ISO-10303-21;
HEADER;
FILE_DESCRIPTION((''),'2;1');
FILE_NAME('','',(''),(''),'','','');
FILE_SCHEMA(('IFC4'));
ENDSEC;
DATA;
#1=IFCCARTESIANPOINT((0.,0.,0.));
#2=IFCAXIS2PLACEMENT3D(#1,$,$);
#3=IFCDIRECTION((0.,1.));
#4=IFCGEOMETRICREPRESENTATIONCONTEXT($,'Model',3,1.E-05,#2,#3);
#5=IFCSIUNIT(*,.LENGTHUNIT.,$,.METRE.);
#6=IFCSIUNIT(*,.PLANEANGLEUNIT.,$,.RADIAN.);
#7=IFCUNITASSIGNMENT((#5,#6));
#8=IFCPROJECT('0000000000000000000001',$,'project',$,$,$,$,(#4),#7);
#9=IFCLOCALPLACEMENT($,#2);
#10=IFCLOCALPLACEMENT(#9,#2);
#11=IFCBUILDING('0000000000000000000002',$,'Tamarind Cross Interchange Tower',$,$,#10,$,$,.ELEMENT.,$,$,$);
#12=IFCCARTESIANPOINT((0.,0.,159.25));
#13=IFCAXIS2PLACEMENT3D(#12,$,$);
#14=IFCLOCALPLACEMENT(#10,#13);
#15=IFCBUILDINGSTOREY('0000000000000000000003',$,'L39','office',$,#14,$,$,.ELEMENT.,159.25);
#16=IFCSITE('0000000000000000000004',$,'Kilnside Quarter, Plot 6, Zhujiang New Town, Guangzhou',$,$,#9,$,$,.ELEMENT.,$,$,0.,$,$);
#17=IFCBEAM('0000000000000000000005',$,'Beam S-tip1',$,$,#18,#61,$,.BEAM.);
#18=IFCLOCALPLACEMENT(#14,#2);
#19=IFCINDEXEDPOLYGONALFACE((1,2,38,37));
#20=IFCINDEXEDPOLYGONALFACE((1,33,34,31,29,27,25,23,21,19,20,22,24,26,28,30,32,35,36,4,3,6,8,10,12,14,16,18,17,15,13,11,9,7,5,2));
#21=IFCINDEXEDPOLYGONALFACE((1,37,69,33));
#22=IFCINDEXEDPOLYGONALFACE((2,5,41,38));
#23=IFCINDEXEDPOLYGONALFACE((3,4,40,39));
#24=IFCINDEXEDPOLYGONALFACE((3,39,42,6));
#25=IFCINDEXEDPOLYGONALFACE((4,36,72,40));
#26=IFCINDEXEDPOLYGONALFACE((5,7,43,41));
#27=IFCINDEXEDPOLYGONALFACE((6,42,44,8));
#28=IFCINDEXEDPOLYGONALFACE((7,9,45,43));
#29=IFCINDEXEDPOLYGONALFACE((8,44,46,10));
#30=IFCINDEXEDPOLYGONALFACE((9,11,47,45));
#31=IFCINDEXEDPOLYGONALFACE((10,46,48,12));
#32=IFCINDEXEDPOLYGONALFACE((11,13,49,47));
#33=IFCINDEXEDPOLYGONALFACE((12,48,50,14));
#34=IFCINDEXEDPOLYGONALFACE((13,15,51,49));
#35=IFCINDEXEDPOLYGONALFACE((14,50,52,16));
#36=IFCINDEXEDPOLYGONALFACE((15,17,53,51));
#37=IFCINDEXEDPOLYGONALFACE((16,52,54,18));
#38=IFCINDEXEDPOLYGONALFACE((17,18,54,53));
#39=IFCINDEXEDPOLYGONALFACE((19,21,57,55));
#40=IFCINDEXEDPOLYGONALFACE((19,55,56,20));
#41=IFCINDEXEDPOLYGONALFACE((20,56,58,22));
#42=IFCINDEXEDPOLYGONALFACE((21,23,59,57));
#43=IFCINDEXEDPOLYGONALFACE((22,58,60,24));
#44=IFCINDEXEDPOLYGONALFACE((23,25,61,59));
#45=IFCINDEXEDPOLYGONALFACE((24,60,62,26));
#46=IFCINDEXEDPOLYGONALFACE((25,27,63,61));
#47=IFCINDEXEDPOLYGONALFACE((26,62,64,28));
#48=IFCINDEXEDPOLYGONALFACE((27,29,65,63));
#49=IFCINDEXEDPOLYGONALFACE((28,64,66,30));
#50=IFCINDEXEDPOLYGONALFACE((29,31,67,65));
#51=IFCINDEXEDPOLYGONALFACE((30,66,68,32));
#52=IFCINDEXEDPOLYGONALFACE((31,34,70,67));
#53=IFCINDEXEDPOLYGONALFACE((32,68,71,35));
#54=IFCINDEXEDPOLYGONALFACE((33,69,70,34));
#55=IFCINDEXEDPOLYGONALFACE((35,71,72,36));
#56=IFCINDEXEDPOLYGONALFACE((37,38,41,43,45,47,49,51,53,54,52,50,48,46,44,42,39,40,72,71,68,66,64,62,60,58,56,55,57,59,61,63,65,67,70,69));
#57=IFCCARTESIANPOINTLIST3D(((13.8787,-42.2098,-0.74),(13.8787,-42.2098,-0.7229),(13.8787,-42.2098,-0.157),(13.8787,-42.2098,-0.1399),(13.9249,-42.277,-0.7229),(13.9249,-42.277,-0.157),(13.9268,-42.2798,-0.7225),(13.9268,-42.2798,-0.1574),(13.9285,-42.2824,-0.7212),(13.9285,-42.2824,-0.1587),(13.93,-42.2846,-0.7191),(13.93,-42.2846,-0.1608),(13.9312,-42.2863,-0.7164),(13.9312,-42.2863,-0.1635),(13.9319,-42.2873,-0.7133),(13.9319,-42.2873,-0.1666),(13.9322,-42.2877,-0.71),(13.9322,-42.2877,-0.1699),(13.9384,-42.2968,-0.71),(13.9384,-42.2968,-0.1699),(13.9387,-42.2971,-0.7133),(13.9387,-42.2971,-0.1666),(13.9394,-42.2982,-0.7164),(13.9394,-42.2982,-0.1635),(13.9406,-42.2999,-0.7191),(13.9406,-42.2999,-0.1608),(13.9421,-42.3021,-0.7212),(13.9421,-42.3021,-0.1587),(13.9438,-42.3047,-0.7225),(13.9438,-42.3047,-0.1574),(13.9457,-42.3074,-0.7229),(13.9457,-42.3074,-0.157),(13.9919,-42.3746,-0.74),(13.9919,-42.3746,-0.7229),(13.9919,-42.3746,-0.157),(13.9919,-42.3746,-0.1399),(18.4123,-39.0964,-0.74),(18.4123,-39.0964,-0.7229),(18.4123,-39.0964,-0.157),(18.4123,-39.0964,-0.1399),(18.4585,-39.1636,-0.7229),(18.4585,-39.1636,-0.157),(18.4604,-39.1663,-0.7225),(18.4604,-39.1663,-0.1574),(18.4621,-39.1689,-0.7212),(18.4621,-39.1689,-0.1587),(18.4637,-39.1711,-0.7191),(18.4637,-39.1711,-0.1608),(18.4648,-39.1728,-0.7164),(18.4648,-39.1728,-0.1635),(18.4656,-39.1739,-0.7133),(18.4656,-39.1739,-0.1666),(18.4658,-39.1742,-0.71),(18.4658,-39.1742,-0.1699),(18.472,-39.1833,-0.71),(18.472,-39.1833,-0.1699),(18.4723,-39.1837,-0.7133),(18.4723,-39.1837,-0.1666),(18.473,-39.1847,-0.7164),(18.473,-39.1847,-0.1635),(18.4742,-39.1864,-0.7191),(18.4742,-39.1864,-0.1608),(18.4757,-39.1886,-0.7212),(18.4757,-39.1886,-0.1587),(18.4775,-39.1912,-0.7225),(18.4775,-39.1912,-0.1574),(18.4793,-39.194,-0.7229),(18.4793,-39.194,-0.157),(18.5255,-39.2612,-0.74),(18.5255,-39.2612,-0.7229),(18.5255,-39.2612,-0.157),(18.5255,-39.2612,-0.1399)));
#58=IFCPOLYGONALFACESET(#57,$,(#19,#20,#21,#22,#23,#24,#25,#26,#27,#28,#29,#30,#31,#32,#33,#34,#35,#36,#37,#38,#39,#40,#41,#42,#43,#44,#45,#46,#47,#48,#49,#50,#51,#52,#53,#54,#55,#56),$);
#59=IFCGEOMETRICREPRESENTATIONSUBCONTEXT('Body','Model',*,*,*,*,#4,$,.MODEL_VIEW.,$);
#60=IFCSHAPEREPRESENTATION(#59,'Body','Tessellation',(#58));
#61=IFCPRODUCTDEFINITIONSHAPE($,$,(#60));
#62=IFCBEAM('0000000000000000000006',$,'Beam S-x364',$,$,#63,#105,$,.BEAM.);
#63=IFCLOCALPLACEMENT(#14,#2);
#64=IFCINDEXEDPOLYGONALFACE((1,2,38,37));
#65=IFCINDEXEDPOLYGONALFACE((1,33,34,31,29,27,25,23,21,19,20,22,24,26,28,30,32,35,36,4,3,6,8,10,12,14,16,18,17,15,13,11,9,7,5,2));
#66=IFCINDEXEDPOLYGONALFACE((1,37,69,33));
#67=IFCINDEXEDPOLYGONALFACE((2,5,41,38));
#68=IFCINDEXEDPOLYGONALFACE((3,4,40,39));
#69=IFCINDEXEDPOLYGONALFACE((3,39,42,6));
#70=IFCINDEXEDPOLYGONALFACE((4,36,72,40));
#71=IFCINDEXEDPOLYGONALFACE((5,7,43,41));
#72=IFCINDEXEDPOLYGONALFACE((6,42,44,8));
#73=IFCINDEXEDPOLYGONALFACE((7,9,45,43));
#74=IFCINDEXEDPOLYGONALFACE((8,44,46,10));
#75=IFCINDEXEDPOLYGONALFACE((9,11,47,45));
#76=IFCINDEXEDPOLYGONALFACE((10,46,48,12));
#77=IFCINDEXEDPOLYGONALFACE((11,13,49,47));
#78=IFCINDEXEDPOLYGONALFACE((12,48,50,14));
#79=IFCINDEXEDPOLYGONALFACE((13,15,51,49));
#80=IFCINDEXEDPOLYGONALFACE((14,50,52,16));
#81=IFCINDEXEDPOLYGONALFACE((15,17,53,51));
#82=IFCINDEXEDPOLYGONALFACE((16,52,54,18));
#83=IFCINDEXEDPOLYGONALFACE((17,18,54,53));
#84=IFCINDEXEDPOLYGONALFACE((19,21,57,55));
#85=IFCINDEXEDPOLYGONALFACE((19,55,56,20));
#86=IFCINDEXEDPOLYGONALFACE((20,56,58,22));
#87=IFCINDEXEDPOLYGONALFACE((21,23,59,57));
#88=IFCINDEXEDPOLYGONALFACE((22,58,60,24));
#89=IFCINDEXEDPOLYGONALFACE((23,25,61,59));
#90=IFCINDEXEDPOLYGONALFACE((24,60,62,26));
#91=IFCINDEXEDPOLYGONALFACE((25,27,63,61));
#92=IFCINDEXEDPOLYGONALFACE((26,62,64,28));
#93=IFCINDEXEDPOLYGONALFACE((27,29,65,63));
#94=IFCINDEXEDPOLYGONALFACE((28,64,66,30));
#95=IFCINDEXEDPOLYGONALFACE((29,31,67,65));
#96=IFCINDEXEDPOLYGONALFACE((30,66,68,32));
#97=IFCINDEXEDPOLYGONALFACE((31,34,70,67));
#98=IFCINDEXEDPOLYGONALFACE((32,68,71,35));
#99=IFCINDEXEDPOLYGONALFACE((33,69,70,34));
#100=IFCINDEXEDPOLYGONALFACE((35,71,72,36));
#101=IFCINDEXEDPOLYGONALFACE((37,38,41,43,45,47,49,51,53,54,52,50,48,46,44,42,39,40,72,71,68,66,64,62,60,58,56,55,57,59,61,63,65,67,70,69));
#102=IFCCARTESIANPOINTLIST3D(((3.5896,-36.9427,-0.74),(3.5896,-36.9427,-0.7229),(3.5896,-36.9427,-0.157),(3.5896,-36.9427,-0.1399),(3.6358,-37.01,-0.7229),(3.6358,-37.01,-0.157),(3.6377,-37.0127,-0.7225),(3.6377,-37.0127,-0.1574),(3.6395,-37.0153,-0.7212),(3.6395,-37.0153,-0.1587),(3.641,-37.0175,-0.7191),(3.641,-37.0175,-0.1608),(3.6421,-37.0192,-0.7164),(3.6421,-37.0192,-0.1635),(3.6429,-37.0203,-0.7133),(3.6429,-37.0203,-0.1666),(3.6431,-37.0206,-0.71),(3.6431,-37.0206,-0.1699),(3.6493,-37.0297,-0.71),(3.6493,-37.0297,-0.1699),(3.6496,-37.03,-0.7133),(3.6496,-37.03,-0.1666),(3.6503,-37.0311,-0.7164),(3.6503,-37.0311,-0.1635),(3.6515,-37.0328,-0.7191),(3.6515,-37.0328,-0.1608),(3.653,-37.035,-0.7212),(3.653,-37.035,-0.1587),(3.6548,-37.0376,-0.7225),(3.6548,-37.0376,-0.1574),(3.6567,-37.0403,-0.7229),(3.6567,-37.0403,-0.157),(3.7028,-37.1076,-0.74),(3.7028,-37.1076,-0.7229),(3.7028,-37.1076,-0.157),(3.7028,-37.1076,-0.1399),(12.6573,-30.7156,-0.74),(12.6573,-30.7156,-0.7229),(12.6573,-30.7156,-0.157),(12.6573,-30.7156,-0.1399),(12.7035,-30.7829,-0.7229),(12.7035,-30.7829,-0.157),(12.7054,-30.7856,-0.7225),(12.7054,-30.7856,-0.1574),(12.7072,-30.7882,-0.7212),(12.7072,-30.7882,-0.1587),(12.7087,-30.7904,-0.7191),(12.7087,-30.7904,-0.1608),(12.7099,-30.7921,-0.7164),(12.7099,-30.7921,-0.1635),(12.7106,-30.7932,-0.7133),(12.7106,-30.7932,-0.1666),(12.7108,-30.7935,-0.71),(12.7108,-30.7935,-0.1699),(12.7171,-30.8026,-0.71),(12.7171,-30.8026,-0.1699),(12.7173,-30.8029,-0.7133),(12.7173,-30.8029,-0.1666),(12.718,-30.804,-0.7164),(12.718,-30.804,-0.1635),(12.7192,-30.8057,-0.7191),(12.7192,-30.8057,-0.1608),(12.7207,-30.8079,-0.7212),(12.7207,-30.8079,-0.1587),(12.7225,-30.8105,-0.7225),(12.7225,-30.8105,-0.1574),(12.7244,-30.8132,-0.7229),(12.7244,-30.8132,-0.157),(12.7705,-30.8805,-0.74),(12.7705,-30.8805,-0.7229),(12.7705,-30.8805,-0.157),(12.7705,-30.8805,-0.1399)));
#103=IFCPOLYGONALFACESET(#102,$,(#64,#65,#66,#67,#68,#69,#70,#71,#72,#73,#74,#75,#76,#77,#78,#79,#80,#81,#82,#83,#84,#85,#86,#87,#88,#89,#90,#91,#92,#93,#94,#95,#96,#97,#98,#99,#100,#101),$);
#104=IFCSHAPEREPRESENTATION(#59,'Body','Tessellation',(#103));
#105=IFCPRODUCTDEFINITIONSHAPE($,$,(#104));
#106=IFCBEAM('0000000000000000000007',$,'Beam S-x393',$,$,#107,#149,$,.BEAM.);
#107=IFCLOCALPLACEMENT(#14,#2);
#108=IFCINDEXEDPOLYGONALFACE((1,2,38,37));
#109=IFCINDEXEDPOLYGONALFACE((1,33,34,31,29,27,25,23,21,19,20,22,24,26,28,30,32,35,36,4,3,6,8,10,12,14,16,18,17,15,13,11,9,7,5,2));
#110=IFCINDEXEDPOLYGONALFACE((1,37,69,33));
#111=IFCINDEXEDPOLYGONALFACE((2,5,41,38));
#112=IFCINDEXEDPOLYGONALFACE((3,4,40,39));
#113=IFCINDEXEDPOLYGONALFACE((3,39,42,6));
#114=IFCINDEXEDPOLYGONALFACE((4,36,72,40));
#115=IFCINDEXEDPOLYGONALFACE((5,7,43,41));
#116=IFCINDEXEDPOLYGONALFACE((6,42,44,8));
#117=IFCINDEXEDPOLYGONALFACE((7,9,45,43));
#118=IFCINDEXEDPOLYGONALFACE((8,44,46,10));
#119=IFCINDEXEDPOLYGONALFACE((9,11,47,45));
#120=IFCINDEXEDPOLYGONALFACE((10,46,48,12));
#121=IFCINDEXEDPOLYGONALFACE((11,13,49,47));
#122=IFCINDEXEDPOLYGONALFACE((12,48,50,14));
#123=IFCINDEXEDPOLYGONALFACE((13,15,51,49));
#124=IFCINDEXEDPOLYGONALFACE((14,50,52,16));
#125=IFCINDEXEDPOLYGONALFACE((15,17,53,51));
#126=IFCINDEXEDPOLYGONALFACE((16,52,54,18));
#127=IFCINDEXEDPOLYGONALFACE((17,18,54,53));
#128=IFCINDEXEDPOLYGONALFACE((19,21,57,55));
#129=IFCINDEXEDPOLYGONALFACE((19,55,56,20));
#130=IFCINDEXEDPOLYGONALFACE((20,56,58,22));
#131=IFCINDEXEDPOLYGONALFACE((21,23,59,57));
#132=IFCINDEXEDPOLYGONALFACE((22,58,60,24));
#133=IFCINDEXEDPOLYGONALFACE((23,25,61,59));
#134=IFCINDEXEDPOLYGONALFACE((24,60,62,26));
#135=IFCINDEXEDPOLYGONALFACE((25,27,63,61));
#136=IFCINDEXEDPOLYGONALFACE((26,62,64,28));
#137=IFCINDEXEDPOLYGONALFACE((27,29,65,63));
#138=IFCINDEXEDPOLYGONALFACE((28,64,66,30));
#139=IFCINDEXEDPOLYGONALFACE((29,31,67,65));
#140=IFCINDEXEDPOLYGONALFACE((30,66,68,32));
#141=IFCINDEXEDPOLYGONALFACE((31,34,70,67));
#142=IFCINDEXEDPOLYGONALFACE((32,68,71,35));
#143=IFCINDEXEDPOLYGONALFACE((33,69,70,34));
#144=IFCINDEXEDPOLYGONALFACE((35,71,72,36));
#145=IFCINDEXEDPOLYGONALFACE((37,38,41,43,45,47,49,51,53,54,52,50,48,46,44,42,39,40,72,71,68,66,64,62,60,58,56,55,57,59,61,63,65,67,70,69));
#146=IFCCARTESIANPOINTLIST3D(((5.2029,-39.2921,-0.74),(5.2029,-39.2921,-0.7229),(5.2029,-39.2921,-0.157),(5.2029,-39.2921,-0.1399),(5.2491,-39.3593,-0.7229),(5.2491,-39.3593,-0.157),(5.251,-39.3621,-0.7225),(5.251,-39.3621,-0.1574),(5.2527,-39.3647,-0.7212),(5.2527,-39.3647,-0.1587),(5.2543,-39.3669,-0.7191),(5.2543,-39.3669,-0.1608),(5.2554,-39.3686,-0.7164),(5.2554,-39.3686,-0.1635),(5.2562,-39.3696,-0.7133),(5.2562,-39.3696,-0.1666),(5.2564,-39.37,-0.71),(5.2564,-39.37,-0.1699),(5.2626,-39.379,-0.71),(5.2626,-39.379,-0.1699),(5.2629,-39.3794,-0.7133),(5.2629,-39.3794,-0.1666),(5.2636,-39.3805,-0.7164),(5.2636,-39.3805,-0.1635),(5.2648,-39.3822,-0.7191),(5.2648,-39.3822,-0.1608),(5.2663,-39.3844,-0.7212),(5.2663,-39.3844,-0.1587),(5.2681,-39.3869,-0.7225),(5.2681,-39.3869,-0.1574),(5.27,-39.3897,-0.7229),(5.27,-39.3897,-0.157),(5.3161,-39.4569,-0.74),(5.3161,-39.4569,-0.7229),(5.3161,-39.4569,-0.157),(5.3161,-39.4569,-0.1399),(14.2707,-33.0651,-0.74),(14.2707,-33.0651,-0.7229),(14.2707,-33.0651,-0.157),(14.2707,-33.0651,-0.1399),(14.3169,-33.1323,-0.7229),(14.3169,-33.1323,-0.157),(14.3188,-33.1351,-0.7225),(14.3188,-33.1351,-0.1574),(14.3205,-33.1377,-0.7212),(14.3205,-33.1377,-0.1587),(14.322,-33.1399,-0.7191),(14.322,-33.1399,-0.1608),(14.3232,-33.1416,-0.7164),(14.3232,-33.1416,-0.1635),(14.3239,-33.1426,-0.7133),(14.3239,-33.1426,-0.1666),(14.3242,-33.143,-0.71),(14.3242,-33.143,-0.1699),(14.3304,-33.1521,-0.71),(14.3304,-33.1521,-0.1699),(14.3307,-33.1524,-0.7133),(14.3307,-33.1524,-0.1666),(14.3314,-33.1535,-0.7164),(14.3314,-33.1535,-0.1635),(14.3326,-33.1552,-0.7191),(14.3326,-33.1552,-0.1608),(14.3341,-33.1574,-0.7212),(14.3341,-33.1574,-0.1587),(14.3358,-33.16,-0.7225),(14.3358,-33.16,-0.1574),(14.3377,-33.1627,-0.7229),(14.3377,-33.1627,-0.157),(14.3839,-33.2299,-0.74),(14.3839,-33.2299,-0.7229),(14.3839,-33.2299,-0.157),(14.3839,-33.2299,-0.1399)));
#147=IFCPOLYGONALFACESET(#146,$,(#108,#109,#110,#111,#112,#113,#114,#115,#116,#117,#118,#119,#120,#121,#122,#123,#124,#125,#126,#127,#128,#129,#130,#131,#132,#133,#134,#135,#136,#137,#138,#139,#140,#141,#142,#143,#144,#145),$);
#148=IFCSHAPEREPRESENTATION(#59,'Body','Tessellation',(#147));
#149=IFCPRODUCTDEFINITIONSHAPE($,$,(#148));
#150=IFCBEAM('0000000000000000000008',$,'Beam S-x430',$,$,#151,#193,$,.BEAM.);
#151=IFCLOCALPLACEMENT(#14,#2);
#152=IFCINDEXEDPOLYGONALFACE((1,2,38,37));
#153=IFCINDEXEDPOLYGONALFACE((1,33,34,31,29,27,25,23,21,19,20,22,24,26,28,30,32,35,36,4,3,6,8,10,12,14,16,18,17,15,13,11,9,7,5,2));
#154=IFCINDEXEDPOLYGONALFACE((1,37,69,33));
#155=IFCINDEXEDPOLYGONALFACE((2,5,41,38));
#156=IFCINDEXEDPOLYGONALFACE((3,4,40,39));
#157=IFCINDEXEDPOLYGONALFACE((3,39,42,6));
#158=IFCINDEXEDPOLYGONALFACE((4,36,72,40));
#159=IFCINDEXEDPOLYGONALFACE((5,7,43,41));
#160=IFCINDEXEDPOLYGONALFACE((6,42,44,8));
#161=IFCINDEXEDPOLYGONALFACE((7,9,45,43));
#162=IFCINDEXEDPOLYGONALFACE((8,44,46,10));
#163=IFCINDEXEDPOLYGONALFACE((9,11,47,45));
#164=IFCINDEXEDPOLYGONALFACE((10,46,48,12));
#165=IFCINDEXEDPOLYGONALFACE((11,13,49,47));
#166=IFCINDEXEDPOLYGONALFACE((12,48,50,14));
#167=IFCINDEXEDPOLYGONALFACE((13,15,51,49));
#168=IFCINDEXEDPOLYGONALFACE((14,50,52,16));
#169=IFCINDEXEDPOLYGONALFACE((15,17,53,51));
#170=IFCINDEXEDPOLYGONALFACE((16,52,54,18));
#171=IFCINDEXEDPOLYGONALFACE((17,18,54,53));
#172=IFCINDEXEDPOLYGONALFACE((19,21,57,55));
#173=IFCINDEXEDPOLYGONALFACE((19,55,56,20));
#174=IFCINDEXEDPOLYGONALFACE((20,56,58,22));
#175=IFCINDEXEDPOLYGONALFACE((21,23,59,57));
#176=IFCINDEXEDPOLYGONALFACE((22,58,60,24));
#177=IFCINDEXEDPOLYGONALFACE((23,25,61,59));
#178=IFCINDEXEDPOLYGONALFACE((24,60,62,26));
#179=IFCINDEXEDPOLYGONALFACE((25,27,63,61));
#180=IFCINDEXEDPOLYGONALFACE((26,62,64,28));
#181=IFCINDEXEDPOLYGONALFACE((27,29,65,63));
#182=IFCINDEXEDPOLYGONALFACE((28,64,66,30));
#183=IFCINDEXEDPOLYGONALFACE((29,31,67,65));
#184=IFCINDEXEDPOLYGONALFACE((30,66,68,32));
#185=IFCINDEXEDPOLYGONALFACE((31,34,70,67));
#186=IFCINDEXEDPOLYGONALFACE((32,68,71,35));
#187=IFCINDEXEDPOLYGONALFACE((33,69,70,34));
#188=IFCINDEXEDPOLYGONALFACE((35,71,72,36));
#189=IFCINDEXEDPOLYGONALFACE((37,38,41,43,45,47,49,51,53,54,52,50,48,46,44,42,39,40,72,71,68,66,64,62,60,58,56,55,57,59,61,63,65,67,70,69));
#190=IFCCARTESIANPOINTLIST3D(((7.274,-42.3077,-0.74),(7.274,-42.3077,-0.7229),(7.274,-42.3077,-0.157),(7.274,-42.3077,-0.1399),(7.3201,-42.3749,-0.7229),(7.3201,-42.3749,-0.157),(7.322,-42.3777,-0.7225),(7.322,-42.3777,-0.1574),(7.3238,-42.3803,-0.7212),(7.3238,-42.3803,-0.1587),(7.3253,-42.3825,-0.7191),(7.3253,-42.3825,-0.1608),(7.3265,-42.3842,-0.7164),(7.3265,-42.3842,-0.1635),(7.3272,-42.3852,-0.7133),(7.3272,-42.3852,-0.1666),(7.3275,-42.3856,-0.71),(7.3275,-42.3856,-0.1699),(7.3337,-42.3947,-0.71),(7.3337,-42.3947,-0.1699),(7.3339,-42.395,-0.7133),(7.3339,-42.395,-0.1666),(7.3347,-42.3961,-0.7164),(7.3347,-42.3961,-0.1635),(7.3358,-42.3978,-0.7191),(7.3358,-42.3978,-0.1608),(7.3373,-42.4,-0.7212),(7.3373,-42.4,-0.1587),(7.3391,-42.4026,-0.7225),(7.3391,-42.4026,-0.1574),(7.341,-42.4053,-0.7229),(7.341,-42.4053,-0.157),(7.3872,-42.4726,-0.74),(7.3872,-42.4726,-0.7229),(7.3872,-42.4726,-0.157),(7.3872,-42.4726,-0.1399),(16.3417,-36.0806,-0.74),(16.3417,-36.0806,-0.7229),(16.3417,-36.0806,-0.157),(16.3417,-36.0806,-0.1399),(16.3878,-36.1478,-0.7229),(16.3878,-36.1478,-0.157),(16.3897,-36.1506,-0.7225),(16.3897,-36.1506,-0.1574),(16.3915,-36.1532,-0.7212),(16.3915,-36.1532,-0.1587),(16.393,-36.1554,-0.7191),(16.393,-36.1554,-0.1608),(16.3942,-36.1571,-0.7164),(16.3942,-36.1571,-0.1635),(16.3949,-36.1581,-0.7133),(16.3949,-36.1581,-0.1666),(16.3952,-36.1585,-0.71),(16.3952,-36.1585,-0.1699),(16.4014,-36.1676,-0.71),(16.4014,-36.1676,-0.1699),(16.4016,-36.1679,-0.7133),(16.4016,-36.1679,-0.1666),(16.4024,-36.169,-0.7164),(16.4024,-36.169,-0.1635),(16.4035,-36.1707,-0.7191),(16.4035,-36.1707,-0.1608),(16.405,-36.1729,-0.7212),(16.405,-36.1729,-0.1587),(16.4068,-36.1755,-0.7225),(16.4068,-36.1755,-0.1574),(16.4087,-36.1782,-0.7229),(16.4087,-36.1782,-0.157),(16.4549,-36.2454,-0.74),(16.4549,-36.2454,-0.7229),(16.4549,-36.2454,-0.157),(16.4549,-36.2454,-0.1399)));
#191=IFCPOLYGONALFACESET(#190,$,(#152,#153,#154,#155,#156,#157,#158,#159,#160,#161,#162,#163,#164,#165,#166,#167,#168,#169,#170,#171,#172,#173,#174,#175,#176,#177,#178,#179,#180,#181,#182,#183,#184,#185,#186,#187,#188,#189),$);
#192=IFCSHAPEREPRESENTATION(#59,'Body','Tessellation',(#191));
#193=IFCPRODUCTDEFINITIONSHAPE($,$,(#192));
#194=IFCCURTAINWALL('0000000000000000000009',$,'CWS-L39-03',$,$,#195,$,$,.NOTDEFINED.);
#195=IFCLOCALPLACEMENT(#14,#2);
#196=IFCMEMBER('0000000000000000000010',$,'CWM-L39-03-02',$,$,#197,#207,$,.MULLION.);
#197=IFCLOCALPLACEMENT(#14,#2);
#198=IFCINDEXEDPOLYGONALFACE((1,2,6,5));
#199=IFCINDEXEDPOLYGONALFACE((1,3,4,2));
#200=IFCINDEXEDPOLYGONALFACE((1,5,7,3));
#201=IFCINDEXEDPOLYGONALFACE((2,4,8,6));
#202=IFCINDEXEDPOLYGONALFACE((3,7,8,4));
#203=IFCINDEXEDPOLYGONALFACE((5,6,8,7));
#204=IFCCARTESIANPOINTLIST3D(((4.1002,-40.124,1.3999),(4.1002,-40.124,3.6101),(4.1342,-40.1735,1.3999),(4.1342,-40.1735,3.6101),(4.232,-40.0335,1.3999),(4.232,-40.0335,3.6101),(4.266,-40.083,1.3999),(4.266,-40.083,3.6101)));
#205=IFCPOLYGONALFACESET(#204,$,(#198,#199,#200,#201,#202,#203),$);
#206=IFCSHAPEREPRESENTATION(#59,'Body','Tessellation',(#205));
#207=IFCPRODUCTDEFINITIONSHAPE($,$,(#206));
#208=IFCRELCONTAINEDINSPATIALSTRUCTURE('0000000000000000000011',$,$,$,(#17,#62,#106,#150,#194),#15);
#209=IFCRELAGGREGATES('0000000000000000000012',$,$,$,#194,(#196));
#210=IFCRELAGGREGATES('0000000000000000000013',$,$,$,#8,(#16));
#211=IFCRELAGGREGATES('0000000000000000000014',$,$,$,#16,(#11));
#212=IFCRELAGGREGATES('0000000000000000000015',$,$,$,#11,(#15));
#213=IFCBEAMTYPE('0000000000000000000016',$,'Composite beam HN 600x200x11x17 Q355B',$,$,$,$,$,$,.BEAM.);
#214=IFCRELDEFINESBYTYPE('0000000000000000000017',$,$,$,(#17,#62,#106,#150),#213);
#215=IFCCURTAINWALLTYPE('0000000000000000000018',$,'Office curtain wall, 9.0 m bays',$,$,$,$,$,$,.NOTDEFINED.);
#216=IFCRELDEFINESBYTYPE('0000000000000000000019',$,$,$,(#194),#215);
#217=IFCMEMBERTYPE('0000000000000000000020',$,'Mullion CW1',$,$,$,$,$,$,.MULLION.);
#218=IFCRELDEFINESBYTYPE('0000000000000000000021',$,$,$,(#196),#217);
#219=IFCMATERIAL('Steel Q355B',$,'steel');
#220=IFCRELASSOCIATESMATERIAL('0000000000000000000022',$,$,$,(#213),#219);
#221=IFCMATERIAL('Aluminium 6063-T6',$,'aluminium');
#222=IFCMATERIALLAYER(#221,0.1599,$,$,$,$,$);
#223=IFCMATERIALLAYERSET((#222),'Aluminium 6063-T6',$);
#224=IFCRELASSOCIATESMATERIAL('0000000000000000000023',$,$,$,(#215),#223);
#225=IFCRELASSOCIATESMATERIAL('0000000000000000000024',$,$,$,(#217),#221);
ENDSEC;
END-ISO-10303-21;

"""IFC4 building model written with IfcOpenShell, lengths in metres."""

from ifc_helpers import new_model, si_unit, direction, frame, origin, origin_2d, place, context, subcontext, project, spatial, rectangle, i_section, extrude, material, layer, layer_set, material_profile, profile_set, type_object, element, aggregate, save


model = new_model("IFC4")

# Units and contexts
model_context = context("Model", 3, precision=1e-05, world=origin(), true_north=direction((0.0, 1.0)))
body_context = subcontext(model_context, "Body", "Model", "MODEL_VIEW")
ifc_project = project(units=[si_unit("LENGTHUNIT", "METRE"), si_unit("PLANEANGLEUNIT", "RADIAN")], contexts=[model_context])

# Site, building, storey
site_placement = place(None, origin())
site = spatial("IfcSite", under=ifc_project, at=site_placement, Name="Kilnside Quarter, Plot 6, Zhujiang New Town, Guangzhou", CompositionType="ELEMENT", RefElevation=0.0)
building_placement = place(site_placement, origin())
building = spatial("IfcBuilding", under=site, at=building_placement, Name="Tamarind Cross Interchange Tower", CompositionType="ELEMENT")
storey_placement = place(building_placement, frame((0.0, 0.0, 159.25)))
storey = spatial("IfcBuildingStorey", under=building, at=storey_placement, Name="L39", Description="office", CompositionType="ELEMENT", Elevation=159.25)

# Beams
ifc_material_1 = material(Name="Steel Q355B", Category="steel")
ifc_material_profile_1 = material_profile(ifc_material_1, i_section(OverallWidth=0.2, OverallDepth=0.6001, WebThickness=0.011, FlangeThickness=0.0171, FilletRadius=0.0129, at=origin_2d()), Name="HN 600x200x11x17")
ifc_profile_set_1 = profile_set([ifc_material_profile_1], Name="Steel Q355B")
beam_type_1 = type_object("IfcBeamType", Name="Composite beam HN 600x200x11x17 Q355B", PredefinedType="BEAM", material=ifc_profile_set_1)
beam_1_placement = place(storey_placement, frame((13.9353, -42.2922, -0.4399), z_axis=(0.824329, 0.566111, 0.0), x_axis=(-0.566111, 0.824329, 0.0)))
element("IfcBeam", 1, at=beam_1_placement, inside=storey, type_object=beam_type_1, Name="Beam S-tip1", PredefinedType="BEAM", context=body_context, shape_type="SweptSolid", body=[
    extrude(i_section(OverallWidth=0.2, OverallDepth=0.6001, WebThickness=0.011, FlangeThickness=0.0171, FilletRadius=0.0129, at=origin_2d()), origin(), (0.0, 0.0, 1.0), 5.4998),
])
for number, where, z_axis, x_axis, name in (
    (2, (3.6462, -37.0251, -0.4399), (0.824336, 0.5661, 0.0), (-0.5661, 0.824336, 0.0), "Beam S-x364"),
    (3, (5.2595, -39.3745, -0.4399), (0.824344, 0.56609, 0.0), (-0.56609, 0.824344, 0.0), "Beam S-x393"),
    (4, (7.3306, -42.3901, -0.4399), (0.824336, 0.5661, 0.0), (-0.5661, 0.824336, 0.0), "Beam S-x430"),
):
    element("IfcBeam", number, at=place(storey_placement, frame(where, z_axis=z_axis, x_axis=x_axis)), inside=storey, type_object=beam_type_1, Name=name, PredefinedType="BEAM", context=body_context, shape_type="SweptSolid", body=[
        extrude(i_section(OverallWidth=0.2, OverallDepth=0.6001, WebThickness=0.011, FlangeThickness=0.0171, FilletRadius=0.0129, at=origin_2d()), origin(), (0.0, 0.0, 1.0), 11.0),
    ])

# Curtain wall, member
ifc_material_2 = material(Name="Aluminium 6063-T6", Category="aluminium")
ifc_layer_1 = layer(ifc_material_2, 0.1599)
ifc_layer_set_1 = layer_set([ifc_layer_1], Name="Aluminium 6063-T6")
curtain_wall_type = type_object("IfcCurtainWallType", Name="Office curtain wall, 9.0 m bays", PredefinedType="NOTDEFINED", material=ifc_layer_set_1)
curtain_wall_1_placement = place(storey_placement, origin())
curtain_wall_1 = element("IfcCurtainWall", 5, at=curtain_wall_1_placement, inside=storey, type_object=curtain_wall_type, Name="CWS-L39-03", PredefinedType="NOTDEFINED")
ifc_material_profile_2 = material_profile(ifc_material_2, rectangle(XDim=0.0601, YDim=0.1599, at=origin_2d()), Name="Mullion CW1")
ifc_profile_set_2 = profile_set([ifc_material_profile_2], Name="Aluminium 6063-T6")
member_type = type_object("IfcMemberType", Name="Mullion CW1", PredefinedType="MULLION", material=ifc_profile_set_2)
member_1_placement = place(storey_placement, frame((4.1831, -40.1035, 1.3999), z_axis=(0.0, 0.0, 1.0), x_axis=(0.566096, -0.82434, 0.0)))
member_1 = element("IfcMember", 6, at=member_1_placement, type_object=member_type, Name="CWM-L39-03-02", PredefinedType="MULLION", context=body_context, shape_type="SweptSolid", body=[
    extrude(rectangle(XDim=0.0601, YDim=0.1599, at=origin_2d()), origin(), (0.0, 0.0, 1.0), 2.2102),
])
aggregate(curtain_wall_1, [member_1])

save(model, "model.ifc")
